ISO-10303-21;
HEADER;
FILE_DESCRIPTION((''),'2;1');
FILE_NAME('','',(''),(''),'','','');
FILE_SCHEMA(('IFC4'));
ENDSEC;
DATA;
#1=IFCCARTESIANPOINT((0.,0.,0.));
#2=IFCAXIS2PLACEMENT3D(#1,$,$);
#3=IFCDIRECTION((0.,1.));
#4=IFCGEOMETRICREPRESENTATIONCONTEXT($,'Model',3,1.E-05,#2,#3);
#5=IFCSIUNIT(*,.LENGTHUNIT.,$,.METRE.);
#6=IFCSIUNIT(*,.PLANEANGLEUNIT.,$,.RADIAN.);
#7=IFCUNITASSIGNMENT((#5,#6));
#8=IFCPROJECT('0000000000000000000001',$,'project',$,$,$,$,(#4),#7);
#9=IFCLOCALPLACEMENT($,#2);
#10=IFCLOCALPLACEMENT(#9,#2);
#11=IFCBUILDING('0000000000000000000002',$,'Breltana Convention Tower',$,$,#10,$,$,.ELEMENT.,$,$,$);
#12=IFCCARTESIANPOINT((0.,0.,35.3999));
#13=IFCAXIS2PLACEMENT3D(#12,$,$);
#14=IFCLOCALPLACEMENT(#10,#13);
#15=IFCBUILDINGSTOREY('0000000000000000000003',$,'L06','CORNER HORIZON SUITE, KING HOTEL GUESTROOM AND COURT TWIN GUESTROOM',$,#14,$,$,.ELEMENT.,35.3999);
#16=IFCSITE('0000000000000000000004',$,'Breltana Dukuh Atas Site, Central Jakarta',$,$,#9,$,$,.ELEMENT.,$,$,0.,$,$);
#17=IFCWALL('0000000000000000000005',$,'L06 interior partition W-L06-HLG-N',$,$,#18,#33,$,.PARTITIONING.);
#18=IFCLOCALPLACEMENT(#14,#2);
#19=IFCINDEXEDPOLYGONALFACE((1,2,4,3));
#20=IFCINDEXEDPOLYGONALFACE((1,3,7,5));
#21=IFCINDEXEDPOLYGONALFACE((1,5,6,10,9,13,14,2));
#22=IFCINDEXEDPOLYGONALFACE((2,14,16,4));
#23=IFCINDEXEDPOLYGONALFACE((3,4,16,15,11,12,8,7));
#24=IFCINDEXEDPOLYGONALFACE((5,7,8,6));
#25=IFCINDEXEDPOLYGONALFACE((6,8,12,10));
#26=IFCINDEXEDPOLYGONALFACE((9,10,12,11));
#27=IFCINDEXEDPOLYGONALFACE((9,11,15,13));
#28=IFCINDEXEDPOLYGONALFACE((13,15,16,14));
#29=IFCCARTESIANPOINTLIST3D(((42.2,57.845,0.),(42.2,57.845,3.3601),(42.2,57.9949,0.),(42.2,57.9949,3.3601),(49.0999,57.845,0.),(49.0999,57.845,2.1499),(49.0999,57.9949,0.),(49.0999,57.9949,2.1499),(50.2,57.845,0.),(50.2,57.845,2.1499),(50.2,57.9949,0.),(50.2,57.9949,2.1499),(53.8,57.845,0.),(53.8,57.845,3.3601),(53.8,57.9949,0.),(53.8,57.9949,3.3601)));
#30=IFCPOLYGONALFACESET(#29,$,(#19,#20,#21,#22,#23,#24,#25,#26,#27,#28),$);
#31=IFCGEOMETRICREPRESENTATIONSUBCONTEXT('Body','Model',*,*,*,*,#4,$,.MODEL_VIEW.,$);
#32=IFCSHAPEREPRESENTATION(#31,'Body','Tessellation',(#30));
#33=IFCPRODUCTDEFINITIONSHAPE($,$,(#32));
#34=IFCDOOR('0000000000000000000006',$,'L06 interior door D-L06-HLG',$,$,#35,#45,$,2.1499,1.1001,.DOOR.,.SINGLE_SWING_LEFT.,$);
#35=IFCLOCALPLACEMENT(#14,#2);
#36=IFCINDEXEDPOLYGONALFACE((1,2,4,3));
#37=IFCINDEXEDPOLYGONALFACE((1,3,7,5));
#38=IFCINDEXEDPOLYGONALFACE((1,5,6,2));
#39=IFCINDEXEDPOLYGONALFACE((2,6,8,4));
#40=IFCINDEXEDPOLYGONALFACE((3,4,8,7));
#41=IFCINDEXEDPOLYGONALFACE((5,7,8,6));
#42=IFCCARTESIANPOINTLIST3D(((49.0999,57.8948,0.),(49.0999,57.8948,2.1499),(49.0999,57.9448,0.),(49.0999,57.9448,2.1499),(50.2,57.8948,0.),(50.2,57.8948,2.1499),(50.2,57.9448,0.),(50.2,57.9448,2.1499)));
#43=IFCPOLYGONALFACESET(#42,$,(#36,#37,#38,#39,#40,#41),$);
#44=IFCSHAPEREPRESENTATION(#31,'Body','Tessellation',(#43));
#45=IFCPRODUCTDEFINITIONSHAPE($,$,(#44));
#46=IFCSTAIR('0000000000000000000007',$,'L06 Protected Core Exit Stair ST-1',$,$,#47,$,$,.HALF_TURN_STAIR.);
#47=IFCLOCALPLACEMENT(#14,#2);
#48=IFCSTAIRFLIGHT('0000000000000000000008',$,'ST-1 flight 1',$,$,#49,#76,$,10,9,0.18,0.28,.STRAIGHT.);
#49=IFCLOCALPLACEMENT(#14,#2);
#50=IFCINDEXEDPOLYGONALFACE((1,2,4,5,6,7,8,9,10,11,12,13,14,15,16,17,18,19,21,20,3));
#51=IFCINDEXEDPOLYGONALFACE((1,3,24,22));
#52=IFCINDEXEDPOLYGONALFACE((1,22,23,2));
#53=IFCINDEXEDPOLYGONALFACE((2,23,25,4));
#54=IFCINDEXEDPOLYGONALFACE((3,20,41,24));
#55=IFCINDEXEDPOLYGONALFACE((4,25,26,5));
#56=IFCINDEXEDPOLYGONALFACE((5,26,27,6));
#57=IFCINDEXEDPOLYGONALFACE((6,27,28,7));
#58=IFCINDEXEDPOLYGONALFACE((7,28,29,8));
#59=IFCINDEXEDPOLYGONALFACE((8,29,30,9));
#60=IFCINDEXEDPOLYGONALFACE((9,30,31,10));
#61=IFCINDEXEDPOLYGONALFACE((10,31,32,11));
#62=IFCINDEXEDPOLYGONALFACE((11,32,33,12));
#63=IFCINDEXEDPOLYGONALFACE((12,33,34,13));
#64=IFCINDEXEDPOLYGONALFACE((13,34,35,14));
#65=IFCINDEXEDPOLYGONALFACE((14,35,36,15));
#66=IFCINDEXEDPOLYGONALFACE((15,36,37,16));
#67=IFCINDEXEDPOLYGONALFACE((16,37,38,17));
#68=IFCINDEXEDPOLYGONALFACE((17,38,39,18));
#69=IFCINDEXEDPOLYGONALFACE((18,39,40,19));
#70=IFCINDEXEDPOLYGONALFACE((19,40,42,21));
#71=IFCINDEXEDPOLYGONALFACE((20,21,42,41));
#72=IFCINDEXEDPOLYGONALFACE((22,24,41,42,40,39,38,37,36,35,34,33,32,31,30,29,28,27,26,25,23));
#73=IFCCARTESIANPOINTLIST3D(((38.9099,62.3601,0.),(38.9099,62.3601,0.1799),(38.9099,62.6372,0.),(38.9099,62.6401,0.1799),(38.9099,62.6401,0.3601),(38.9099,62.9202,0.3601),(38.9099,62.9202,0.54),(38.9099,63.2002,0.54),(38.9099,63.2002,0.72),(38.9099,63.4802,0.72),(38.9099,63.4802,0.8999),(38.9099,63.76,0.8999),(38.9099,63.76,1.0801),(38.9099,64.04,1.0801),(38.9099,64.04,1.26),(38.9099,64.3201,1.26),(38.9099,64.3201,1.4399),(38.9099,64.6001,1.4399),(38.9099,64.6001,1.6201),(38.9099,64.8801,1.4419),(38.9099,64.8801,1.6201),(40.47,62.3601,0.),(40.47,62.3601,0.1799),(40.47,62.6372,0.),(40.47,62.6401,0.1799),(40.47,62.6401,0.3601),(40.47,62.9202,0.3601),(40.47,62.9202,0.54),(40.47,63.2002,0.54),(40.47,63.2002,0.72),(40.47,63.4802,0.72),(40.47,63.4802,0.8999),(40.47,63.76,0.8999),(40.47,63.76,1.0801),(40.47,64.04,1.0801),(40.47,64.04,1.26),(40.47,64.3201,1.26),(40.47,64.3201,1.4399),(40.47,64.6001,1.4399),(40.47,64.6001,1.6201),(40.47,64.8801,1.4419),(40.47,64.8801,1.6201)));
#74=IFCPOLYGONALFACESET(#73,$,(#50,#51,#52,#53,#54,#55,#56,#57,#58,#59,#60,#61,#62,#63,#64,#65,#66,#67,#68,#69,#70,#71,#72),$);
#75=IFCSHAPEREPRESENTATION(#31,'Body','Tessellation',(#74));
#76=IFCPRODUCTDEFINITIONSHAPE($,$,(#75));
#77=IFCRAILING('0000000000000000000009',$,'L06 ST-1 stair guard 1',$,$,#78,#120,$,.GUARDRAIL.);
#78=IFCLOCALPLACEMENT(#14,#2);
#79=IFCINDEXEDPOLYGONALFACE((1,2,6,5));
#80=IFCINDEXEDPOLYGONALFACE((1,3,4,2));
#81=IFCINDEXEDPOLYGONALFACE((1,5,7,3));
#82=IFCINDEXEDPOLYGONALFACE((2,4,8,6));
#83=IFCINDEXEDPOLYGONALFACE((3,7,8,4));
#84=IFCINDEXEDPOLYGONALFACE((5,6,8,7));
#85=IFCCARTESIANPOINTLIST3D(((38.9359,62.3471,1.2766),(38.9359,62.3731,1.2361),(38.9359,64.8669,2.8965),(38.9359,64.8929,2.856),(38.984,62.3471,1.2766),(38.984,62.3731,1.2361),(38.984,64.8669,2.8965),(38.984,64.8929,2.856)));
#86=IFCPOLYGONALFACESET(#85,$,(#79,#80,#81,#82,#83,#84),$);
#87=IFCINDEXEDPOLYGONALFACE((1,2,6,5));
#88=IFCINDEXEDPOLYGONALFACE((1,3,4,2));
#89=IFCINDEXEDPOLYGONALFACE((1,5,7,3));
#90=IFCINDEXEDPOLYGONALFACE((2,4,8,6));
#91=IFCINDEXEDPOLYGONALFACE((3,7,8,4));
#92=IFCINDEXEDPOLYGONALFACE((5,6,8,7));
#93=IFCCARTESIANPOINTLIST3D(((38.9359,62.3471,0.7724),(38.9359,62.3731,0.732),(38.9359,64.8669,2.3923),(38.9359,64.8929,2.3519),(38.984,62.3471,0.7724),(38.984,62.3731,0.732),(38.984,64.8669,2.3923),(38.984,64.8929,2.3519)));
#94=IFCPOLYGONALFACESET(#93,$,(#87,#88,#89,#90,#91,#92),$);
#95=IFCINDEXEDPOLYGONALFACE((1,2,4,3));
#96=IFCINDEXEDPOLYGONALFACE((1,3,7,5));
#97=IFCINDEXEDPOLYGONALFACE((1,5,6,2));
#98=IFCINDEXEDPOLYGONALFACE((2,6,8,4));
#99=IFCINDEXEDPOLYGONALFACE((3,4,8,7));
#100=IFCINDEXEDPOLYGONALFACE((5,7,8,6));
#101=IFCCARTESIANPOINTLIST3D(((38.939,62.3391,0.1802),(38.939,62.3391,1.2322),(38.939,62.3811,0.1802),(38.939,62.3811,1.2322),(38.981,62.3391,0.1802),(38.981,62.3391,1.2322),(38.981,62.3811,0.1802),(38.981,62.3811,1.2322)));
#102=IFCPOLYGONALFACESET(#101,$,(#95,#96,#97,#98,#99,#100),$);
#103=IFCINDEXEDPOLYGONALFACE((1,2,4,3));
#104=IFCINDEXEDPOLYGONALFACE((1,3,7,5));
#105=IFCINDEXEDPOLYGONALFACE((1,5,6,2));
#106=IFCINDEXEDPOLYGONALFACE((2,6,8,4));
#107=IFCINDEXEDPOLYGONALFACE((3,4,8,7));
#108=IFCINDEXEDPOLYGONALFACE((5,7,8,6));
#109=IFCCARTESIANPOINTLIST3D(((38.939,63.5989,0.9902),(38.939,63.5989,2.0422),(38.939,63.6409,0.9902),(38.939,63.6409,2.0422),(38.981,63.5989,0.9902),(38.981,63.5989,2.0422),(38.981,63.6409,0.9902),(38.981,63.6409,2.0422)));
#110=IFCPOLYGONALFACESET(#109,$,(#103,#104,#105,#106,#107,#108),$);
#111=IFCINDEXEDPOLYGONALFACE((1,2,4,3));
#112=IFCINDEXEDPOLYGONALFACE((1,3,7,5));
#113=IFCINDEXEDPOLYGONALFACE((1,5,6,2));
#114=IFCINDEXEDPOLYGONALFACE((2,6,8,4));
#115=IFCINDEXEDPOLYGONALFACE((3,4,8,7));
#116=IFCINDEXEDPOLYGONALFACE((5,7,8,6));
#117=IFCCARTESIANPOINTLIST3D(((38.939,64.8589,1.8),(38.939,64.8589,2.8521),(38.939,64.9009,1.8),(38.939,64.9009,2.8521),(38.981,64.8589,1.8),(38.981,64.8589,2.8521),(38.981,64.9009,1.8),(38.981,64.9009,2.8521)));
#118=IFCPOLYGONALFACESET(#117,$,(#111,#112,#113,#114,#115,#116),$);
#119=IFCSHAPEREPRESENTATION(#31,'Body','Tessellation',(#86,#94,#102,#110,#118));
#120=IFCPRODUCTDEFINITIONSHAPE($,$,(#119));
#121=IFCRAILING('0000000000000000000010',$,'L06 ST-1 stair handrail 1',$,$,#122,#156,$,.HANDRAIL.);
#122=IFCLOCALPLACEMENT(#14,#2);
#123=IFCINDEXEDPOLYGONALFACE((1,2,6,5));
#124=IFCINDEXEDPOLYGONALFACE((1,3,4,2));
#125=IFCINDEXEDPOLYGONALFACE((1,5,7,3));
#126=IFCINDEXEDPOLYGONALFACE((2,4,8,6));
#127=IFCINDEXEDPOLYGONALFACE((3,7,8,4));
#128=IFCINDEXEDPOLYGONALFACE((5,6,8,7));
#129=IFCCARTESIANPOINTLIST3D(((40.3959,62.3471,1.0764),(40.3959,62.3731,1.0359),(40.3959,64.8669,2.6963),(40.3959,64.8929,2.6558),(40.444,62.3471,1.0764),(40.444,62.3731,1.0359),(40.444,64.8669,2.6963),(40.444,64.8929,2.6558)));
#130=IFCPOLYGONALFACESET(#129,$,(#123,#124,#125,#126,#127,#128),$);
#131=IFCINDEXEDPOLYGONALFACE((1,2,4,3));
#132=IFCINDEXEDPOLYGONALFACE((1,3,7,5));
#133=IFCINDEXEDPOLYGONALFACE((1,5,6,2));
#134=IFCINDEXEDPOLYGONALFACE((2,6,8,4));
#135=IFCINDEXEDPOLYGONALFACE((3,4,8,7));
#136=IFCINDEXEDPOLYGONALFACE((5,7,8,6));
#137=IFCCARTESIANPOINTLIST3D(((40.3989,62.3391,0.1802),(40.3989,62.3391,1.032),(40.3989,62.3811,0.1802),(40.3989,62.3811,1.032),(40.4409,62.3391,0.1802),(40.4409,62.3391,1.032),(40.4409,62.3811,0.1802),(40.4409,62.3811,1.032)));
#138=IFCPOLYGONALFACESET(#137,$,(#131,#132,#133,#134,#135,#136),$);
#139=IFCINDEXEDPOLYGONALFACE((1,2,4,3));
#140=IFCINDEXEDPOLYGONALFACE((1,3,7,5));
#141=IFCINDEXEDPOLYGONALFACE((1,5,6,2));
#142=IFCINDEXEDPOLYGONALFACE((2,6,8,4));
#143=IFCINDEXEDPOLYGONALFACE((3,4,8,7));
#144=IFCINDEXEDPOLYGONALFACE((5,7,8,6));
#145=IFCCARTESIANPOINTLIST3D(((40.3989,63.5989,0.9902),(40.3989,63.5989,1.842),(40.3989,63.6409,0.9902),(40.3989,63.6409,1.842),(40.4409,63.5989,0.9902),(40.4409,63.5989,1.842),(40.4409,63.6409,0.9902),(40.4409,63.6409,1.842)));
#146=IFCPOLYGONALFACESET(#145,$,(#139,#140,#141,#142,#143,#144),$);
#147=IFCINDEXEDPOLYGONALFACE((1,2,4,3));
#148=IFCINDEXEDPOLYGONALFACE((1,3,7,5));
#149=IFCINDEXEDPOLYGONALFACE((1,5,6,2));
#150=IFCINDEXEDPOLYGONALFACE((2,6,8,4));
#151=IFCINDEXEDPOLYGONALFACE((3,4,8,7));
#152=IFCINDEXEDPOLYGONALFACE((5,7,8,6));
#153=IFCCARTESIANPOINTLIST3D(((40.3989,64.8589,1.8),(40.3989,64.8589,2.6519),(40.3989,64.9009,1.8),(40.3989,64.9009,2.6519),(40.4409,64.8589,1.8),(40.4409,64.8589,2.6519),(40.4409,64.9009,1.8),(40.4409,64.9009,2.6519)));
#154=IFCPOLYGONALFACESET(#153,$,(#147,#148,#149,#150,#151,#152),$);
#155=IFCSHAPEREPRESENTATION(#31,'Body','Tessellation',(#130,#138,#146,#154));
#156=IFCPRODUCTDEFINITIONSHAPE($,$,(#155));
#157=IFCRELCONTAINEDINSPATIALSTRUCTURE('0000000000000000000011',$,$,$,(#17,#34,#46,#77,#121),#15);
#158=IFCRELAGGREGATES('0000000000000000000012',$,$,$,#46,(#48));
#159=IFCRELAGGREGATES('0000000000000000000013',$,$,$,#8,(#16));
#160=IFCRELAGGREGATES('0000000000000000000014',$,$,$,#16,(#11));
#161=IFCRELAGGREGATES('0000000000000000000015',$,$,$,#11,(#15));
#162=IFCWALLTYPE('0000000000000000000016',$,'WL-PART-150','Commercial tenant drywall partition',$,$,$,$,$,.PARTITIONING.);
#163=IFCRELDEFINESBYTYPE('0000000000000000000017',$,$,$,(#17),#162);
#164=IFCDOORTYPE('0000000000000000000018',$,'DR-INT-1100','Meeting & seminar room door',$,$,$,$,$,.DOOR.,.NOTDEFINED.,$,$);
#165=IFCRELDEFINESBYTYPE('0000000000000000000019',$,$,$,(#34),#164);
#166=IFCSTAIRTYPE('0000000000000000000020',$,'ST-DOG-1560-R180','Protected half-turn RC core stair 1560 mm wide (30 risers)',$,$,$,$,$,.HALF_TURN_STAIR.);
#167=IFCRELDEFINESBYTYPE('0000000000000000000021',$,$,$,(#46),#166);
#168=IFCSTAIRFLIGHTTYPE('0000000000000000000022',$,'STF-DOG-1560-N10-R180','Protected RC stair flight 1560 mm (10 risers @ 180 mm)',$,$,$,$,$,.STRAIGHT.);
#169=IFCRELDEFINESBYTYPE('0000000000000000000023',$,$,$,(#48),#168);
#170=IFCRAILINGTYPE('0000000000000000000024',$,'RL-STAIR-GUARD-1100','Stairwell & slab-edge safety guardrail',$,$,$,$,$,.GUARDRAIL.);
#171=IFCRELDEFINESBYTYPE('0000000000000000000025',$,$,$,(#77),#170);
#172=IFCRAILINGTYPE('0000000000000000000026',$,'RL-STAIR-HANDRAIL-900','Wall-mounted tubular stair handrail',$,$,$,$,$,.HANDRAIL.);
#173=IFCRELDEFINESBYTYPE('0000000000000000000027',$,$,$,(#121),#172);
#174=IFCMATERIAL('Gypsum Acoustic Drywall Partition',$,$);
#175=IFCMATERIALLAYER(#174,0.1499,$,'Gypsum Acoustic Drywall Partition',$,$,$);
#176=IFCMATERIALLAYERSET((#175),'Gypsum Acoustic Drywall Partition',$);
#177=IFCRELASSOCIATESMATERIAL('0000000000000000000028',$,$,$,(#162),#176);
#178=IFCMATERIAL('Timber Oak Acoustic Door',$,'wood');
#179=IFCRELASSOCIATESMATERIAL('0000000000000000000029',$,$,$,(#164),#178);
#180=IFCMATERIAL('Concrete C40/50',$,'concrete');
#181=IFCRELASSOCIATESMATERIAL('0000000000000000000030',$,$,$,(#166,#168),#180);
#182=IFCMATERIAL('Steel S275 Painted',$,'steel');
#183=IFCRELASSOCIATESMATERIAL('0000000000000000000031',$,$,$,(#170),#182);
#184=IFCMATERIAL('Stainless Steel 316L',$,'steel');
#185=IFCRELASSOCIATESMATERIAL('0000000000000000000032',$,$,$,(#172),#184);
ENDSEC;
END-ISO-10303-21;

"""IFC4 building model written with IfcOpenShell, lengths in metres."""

from ifc_helpers import new_model, si_unit, direction, frame, frame_2d, origin, origin_2d, place, context, subcontext, project, spatial, polyline, rectangle, outline, extrude, source, transform, mapped, material, layer, layer_set, type_object, type_shapes, element, fill, aggregate, save


model = new_model("IFC4")

# Units and contexts
model_context = context("Model", 3, precision=1e-05, world=origin(), true_north=direction((0.0, 1.0)))
body_context = subcontext(model_context, "Body", "Model", "MODEL_VIEW")
ifc_project = project(units=[si_unit("LENGTHUNIT", "METRE"), si_unit("PLANEANGLEUNIT", "RADIAN")], contexts=[model_context])

# Site, building, storey
site_placement = place(None, origin())
site = spatial("IfcSite", under=ifc_project, at=site_placement, Name="Breltana Dukuh Atas Site, Central Jakarta", CompositionType="ELEMENT", RefElevation=0.0)
building_placement = place(site_placement, origin())
building = spatial("IfcBuilding", under=site, at=building_placement, Name="Breltana Convention Tower", CompositionType="ELEMENT")
storey_placement = place(building_placement, frame((0.0, 0.0, 35.3999)))
storey = spatial("IfcBuildingStorey", under=building, at=storey_placement, Name="L06", Description="CORNER HORIZON SUITE, KING HOTEL GUESTROOM AND COURT TWIN GUESTROOM", CompositionType="ELEMENT", Elevation=35.3999)

# Wall, opening, door
ifc_material_1 = material(Name="Gypsum Acoustic Drywall Partition")
ifc_layer_1 = layer(ifc_material_1, 0.1499, Name="Gypsum Acoustic Drywall Partition")
ifc_layer_set_1 = layer_set([ifc_layer_1], Name="Gypsum Acoustic Drywall Partition")
wall_type_1 = type_object("IfcWallType", Name="WL-PART-150", Description="Commercial tenant drywall partition", PredefinedType="PARTITIONING", material=ifc_layer_set_1)
shared_shape_1 = source(origin(), body_context, "Body", "SweptSolid", [
    extrude(rectangle(XDim=11.6001, YDim=0.1499, at=frame_2d((5.8, 0.0))), origin(), (0.0, 0.0, 1.0), 3.3601),
])
wall_1_placement = place(storey_placement, frame((42.2, 57.9199, 0.0), z_axis=(0.0, 0.0, 1.0), x_axis=(1.0, 0.0, 0.0)))
wall_1 = element("IfcWall", 1, at=wall_1_placement, inside=storey, type_object=wall_type_1, Name="L06 interior partition W-L06-HLG-N", PredefinedType="PARTITIONING", context=body_context, shape_type="MappedRepresentation", body=[
    mapped(shared_shape_1, transform((0.0, 0.0, 0.0), scale=1.0)),
])
opening_1_placement = place(wall_1_placement, frame((6.8999, 0.0, 0.0)))
opening_1 = element("IfcOpeningElement", 2, at=opening_1_placement, cuts=wall_1, PredefinedType="OPENING", context=body_context, shape_type="SweptSolid", body=[
    extrude(rectangle(XDim=1.1001, YDim=2.1499, at=frame_2d((0.55, 1.075))), frame((0.0, 0.085, 0.0), z_axis=(0.0, -1.0, 0.0), x_axis=(1.0, 0.0, 0.0)), (0.0, 0.0, 1.0), 0.1699),
])
ifc_material_2 = material(Name="Timber Oak Acoustic Door", Category="wood")
door_type_1 = type_object("IfcDoorType", Name="DR-INT-1100", Description="Meeting & seminar room door", OperationType="NOTDEFINED", PredefinedType="DOOR", material=ifc_material_2)
shared_shape_2 = source(origin(), body_context, "Body", "SweptSolid", [
    extrude(rectangle(XDim=1.1001, YDim=2.1499, at=frame_2d((0.55, 1.075))), frame((0.0, 0.0249, 0.0), z_axis=(0.0, -1.0, 0.0), x_axis=(1.0, 0.0, 0.0)), (0.0, 0.0, 1.0), 0.05),
])
type_shapes(door_type_1, [shared_shape_2])
door_1_placement = place(opening_1_placement, origin())
door_1 = element("IfcDoor", 3, at=door_1_placement, inside=storey, type_object=door_type_1, Name="L06 interior door D-L06-HLG", OperationType="SINGLE_SWING_LEFT", OverallHeight=2.1499, OverallWidth=1.1001, PredefinedType="DOOR", context=body_context, shape_type="MappedRepresentation", body=[
    mapped(shared_shape_2, transform((0.0, 0.0, 0.0), scale=1.0)),
])
fill(opening_1, door_1)

# Stair, stair flight
ifc_material_3 = material(Name="Concrete C40/50", Category="concrete")
stair_type = type_object("IfcStairType", Name="ST-DOG-1560-R180", Description="Protected half-turn RC core stair 1560 mm wide (30 risers)", PredefinedType="HALF_TURN_STAIR", material=ifc_material_3)
stair_placement = place(storey_placement, origin())
stair = element("IfcStair", 4, at=stair_placement, inside=storey, type_object=stair_type, Name="L06 Protected Core Exit Stair ST-1", PredefinedType="HALF_TURN_STAIR")
stair_flight_type = type_object("IfcStairFlightType", Name="STF-DOG-1560-N10-R180", Description="Protected RC stair flight 1560 mm (10 risers @ 180 mm)", PredefinedType="STRAIGHT", material=ifc_material_3)
stair_flight_placement = place(storey_placement, frame((39.6899, 62.3601, 0.0), z_axis=(0.0, 0.0, 1.0), x_axis=(0.0, 1.0, 0.0)))
stair_flight = element("IfcStairFlight", 5, at=stair_flight_placement, type_object=stair_flight_type, Name="ST-1 flight 1", NumberOfRisers=10, NumberOfTreads=9, PredefinedType="STRAIGHT", RiserHeight=0.18, TreadLength=0.28, context=body_context, shape_type="SweptSolid", body=[
    extrude(outline(polyline([(0.0, 0.0), (0.0, 0.1799), (0.28, 0.1799), (0.28, 0.3601), (0.5601, 0.3601), (0.5601, 0.54), (0.8401, 0.54), (0.8401, 0.72), (1.1201, 0.72), (1.1201, 0.8999), (1.3999, 0.8999), (1.3999, 1.0801), (1.6799, 1.0801), (1.6799, 1.26), (1.96, 1.26), (1.96, 1.4399), (2.24, 1.4399), (2.24, 1.6201), (2.52, 1.6201), (2.52, 1.8), (2.52, 1.4419), (0.2771, 0.0), (0.0, 0.0)])), frame((0.0, 0.78, 0.0), z_axis=(0.0, -1.0, 0.0), x_axis=(1.0, 0.0, 0.0)), (0.0, 0.0, 1.0), 1.5601),
])
aggregate(stair, [stair_flight])

# Railings
ifc_material_4 = material(Name="Steel S275 Painted", Category="steel")
railing_type_1 = type_object("IfcRailingType", Name="RL-STAIR-GUARD-1100", Description="Stairwell & slab-edge safety guardrail", PredefinedType="GUARDRAIL", material=ifc_material_4)
railing_1_placement = place(storey_placement, frame((38.96, 62.3601, 0.1802)))
element("IfcRailing", 6, at=railing_1_placement, inside=storey, type_object=railing_type_1, Name="L06 ST-1 stair guard 1", PredefinedType="GUARDRAIL", context=body_context, shape_type="SweptSolid", body=[
    extrude(rectangle(XDim=0.0481, YDim=0.0481, at=origin_2d()), frame((0.0, 0.0, 1.0762), z_axis=(0.0, 0.841176, 0.540762), x_axis=(-1.0, 0.0, 0.0)), (0.0, 0.0, 1.0), 2.9956),
    extrude(rectangle(XDim=0.0481, YDim=0.0481, at=origin_2d()), frame((0.0, 0.0, 0.572), z_axis=(0.0, 0.841176, 0.540762), x_axis=(-1.0, 0.0, 0.0)), (0.0, 0.0, 1.0), 2.9956),
    extrude(rectangle(XDim=0.042, YDim=0.042, at=origin_2d()), origin(), (0.0, 0.0, 1.0), 1.052),
    extrude(rectangle(XDim=0.042, YDim=0.042, at=origin_2d()), frame((0.0, 1.2598, 0.8101)), (0.0, 0.0, 1.0), 1.052),
    extrude(rectangle(XDim=0.042, YDim=0.042, at=origin_2d()), frame((0.0, 2.5198, 1.6199)), (0.0, 0.0, 1.0), 1.052),
])
ifc_material_5 = material(Name="Stainless Steel 316L", Category="steel")
railing_type_2 = type_object("IfcRailingType", Name="RL-STAIR-HANDRAIL-900", Description="Wall-mounted tubular stair handrail", PredefinedType="HANDRAIL", material=ifc_material_5)
railing_2_placement = place(storey_placement, frame((40.4199, 62.3601, 0.1802)))
element("IfcRailing", 7, at=railing_2_placement, inside=storey, type_object=railing_type_2, Name="L06 ST-1 stair handrail 1", PredefinedType="HANDRAIL", context=body_context, shape_type="SweptSolid", body=[
    extrude(rectangle(XDim=0.0481, YDim=0.0481, at=origin_2d()), frame((0.0, 0.0, 0.876), z_axis=(0.0, 0.841176, 0.540762), x_axis=(-1.0, 0.0, 0.0)), (0.0, 0.0, 1.0), 2.9956),
    extrude(rectangle(XDim=0.042, YDim=0.042, at=origin_2d()), origin(), (0.0, 0.0, 1.0), 0.8518),
    extrude(rectangle(XDim=0.042, YDim=0.042, at=origin_2d()), frame((0.0, 1.2598, 0.8101)), (0.0, 0.0, 1.0), 0.8518),
    extrude(rectangle(XDim=0.042, YDim=0.042, at=origin_2d()), frame((0.0, 2.5198, 1.6199)), (0.0, 0.0, 1.0), 0.8518),
])

save(model, "model.ifc")
